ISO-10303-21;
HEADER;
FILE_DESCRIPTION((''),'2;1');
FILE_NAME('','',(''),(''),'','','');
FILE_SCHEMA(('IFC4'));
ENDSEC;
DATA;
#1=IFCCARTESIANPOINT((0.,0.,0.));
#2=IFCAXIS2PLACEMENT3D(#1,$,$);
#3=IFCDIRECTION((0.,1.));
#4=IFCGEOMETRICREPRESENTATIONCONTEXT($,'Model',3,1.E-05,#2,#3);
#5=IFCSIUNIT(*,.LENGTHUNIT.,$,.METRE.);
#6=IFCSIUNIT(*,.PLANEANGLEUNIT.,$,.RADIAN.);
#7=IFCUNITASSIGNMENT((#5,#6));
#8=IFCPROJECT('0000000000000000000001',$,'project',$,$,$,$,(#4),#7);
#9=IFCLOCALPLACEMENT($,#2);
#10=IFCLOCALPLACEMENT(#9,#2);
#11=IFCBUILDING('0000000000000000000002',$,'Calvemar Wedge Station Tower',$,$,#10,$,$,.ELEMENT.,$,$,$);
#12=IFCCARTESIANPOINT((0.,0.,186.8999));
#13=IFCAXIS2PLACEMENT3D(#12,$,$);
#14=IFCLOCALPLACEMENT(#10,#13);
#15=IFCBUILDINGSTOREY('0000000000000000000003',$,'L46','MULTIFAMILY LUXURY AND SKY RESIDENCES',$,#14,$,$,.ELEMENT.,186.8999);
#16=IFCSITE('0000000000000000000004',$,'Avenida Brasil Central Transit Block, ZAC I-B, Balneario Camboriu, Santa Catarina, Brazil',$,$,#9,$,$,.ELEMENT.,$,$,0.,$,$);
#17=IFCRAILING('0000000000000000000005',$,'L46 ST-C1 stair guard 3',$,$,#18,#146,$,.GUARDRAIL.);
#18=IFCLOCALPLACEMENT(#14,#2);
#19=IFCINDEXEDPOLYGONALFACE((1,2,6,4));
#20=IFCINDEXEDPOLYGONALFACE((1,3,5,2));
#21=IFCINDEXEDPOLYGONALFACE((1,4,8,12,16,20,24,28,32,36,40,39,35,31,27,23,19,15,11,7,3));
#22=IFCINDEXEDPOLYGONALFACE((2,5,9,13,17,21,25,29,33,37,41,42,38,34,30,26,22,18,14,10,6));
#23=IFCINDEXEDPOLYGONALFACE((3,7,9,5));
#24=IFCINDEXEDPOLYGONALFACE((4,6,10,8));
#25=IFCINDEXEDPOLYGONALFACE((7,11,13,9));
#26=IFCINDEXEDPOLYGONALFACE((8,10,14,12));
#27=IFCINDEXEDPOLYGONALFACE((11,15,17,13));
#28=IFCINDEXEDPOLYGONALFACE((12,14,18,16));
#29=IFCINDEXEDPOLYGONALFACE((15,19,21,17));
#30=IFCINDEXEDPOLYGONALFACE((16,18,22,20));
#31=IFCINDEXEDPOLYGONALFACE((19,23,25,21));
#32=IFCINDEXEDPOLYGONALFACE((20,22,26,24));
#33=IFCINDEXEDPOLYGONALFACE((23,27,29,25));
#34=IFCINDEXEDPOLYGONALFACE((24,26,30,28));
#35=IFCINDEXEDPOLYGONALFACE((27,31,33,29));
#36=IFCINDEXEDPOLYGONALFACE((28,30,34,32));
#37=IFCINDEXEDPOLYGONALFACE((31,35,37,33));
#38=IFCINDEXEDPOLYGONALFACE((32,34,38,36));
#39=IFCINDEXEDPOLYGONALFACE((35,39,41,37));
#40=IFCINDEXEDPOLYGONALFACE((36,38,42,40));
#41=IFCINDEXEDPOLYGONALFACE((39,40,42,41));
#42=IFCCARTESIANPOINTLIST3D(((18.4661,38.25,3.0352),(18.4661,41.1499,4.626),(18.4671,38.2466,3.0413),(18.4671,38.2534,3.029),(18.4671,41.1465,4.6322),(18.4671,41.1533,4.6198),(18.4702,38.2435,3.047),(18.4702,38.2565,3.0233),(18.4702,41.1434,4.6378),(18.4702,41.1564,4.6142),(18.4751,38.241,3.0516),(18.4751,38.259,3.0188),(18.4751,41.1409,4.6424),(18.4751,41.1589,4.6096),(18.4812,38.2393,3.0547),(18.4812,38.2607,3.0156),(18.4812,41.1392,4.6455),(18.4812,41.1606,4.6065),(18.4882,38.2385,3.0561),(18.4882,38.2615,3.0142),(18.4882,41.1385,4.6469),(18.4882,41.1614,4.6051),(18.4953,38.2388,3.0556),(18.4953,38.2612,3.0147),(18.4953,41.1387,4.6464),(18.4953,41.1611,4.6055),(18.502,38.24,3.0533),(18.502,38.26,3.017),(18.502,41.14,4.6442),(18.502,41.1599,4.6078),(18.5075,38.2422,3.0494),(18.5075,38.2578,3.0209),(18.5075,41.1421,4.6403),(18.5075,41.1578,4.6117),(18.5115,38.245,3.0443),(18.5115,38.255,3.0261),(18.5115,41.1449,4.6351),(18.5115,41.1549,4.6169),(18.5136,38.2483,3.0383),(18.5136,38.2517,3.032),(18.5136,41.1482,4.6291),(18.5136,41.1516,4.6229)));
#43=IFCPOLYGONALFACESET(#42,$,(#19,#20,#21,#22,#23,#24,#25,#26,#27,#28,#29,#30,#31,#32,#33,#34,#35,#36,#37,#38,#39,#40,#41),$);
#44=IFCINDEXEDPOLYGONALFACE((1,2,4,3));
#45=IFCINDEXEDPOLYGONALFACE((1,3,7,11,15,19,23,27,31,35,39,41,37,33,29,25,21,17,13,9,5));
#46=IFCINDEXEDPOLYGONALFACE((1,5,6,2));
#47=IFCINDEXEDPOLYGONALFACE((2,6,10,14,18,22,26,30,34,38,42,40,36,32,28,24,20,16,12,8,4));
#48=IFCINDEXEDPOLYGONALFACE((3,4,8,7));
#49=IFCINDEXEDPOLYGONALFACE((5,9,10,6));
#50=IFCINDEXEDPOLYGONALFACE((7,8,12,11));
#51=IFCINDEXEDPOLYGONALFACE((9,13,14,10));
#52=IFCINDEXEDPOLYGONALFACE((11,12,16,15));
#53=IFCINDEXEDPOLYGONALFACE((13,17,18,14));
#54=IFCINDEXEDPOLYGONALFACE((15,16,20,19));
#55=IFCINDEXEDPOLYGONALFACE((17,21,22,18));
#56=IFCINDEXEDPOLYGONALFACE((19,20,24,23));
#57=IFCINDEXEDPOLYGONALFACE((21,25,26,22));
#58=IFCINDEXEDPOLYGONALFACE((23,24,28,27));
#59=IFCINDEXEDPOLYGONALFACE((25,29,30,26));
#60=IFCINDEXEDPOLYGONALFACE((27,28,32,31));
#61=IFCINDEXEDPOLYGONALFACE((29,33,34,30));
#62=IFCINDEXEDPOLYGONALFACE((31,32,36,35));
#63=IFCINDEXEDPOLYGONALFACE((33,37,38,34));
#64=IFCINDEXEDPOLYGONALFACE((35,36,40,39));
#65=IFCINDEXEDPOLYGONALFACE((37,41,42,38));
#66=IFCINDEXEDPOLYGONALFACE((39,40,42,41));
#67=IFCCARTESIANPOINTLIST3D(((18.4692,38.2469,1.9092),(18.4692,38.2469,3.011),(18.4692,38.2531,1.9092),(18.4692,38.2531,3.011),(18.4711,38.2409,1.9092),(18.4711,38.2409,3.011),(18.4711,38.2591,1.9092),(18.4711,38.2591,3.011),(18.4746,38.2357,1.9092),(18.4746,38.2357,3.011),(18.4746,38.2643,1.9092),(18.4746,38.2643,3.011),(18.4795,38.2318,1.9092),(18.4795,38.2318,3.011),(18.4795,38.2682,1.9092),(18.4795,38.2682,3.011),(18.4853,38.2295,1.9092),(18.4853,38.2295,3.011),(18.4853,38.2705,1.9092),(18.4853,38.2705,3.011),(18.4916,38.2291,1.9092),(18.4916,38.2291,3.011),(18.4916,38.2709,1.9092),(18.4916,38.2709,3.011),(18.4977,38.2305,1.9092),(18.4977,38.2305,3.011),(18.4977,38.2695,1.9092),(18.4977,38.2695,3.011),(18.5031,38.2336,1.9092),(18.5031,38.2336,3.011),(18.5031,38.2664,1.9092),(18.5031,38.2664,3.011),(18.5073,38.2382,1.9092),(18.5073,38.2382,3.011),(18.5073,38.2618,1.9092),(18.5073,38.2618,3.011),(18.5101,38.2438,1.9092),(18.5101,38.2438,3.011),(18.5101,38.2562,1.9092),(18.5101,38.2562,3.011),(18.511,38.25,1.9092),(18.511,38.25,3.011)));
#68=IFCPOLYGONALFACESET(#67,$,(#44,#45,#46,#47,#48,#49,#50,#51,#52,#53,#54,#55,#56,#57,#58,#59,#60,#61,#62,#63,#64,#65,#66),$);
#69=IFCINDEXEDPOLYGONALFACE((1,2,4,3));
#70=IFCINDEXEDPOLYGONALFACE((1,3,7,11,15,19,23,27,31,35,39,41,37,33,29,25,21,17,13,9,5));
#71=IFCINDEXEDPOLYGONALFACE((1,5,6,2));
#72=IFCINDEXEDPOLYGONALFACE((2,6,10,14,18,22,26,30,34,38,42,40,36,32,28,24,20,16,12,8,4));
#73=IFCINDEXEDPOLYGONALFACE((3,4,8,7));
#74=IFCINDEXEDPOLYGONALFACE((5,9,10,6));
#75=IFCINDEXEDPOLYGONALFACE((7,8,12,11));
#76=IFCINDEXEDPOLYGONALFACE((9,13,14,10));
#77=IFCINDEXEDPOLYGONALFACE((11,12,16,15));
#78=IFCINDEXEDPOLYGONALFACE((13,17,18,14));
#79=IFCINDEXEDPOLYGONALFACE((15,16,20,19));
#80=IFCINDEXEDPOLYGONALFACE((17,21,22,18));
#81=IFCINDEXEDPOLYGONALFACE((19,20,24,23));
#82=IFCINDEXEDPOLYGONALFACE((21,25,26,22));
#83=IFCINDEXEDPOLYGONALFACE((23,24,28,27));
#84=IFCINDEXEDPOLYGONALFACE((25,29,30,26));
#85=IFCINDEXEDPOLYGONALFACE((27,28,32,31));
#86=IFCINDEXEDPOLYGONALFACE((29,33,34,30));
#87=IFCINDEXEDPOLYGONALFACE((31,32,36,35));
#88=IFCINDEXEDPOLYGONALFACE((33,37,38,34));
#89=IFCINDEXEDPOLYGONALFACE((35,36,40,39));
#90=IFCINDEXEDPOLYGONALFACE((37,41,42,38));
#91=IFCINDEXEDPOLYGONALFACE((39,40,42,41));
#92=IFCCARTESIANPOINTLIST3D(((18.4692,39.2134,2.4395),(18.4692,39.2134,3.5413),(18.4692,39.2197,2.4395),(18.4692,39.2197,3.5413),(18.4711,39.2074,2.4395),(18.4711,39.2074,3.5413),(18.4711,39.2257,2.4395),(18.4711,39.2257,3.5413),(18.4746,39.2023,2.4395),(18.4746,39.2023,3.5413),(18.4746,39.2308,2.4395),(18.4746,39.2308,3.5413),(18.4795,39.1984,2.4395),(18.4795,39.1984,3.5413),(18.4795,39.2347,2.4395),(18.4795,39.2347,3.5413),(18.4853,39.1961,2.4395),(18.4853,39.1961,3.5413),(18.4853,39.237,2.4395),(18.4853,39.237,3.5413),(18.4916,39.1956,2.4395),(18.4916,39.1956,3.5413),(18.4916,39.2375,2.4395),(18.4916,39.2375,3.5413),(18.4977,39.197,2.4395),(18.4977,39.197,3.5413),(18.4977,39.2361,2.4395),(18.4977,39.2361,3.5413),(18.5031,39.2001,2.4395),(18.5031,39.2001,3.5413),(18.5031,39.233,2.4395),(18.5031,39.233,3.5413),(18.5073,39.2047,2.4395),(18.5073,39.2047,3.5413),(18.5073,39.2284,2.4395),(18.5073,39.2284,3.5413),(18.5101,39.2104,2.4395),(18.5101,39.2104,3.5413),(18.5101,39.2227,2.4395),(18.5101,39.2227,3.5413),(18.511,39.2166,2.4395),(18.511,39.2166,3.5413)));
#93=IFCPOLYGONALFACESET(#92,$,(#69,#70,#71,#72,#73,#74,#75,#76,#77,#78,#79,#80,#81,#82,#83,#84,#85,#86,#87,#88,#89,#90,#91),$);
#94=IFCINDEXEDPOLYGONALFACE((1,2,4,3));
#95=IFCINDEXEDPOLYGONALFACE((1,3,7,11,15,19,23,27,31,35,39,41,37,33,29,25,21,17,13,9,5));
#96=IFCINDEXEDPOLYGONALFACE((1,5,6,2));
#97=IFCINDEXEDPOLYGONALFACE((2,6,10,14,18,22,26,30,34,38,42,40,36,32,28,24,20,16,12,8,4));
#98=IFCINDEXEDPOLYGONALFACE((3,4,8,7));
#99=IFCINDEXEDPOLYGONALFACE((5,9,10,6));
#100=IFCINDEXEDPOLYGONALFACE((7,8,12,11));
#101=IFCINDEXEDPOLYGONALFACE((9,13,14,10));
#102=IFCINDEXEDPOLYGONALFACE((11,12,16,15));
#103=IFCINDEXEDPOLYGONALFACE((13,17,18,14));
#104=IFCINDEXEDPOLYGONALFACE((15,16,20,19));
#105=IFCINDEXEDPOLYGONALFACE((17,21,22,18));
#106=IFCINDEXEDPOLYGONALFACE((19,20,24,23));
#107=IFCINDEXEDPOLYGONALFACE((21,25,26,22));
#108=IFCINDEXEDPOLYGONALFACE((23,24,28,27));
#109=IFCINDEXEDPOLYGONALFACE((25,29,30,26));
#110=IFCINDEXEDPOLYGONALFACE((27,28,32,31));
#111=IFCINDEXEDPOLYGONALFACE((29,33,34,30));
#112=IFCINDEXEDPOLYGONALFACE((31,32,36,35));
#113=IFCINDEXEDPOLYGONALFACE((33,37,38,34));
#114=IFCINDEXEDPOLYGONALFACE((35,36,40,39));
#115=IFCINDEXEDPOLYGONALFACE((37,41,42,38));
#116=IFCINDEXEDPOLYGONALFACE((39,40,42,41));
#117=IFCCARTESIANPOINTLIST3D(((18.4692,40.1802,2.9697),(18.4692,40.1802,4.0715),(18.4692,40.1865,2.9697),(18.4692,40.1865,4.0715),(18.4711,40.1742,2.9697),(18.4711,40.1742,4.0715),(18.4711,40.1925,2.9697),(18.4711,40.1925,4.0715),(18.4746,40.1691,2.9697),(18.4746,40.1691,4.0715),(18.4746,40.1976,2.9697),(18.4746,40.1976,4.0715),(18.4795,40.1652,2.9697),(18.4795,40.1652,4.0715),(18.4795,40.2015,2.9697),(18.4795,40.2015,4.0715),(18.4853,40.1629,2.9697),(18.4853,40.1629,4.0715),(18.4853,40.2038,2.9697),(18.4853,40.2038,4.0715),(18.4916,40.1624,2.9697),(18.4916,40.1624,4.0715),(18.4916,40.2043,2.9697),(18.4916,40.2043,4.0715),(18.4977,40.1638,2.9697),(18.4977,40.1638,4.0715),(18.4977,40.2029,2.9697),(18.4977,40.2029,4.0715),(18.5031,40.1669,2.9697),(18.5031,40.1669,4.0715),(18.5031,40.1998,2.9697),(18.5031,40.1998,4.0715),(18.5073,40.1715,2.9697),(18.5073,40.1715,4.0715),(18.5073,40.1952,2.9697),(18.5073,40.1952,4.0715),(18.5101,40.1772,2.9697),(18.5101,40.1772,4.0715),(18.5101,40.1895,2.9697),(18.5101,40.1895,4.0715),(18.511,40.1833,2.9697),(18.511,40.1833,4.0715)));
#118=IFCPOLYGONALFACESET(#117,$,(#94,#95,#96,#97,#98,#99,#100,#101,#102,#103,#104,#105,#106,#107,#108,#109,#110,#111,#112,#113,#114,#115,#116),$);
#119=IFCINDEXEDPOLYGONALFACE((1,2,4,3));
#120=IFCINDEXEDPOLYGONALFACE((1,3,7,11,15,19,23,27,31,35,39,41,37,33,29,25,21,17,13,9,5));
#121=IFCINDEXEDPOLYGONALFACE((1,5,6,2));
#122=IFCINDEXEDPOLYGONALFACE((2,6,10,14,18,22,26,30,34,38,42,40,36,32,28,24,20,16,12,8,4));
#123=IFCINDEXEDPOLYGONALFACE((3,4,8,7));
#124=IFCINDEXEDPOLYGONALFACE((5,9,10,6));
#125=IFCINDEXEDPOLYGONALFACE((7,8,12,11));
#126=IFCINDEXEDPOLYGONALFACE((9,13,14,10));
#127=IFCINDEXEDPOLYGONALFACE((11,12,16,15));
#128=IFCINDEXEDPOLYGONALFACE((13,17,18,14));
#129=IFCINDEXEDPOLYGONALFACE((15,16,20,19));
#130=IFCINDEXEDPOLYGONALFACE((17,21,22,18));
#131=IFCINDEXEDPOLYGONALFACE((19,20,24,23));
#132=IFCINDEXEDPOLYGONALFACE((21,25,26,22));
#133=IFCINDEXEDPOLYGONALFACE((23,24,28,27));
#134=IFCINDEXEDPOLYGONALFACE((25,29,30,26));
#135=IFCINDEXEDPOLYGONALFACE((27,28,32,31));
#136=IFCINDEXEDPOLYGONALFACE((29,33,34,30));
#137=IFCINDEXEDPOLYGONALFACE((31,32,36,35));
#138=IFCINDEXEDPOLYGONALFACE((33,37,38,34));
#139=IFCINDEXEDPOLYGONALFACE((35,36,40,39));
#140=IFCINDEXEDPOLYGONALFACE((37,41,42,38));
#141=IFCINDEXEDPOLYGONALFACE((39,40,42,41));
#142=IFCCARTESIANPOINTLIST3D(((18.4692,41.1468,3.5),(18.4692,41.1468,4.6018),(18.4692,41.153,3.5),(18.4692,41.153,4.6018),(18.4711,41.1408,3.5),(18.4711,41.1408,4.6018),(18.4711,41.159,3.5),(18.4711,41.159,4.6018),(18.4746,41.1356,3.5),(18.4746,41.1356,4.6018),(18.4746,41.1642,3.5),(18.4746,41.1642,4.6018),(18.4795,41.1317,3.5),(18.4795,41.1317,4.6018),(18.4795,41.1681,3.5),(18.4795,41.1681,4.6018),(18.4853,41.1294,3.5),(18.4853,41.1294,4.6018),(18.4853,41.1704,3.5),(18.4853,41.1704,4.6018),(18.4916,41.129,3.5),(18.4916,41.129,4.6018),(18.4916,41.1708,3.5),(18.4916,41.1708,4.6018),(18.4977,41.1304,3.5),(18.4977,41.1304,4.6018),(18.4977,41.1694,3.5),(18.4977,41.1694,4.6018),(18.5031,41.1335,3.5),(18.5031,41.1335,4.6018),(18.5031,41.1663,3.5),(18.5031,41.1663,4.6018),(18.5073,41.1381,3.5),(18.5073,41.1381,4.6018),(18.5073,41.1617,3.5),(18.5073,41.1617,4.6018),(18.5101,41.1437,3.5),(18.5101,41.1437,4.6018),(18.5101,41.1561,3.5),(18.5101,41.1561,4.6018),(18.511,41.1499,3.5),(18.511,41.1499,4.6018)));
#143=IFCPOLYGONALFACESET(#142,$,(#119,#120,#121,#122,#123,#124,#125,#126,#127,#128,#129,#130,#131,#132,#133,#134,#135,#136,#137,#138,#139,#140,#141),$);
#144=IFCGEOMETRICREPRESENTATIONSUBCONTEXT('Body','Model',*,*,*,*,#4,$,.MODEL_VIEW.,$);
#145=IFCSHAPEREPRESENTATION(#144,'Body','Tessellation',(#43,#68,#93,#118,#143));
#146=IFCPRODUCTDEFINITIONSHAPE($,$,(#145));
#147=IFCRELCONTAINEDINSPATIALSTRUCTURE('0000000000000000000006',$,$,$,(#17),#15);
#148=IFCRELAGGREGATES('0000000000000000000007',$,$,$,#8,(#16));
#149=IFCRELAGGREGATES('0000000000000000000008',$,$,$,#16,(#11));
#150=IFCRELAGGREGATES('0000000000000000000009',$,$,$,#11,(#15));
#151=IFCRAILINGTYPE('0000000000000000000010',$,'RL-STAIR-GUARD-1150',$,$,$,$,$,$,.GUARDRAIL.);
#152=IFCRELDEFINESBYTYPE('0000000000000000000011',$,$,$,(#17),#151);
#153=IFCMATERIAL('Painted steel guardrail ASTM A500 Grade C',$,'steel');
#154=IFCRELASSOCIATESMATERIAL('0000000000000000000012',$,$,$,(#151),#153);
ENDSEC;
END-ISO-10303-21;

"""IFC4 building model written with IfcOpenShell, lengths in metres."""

from ifc_helpers import new_model, si_unit, direction, frame, origin, origin_2d, place, context, subcontext, project, spatial, circle, extrude, material, type_object, element, save


model = new_model("IFC4")

# Units and contexts
model_context = context("Model", 3, precision=1e-05, world=origin(), true_north=direction((0.0, 1.0)))
body_context = subcontext(model_context, "Body", "Model", "MODEL_VIEW")
ifc_project = project(units=[si_unit("LENGTHUNIT", "METRE"), si_unit("PLANEANGLEUNIT", "RADIAN")], contexts=[model_context])

# Site, building, storey
site_placement = place(None, origin())
site = spatial("IfcSite", under=ifc_project, at=site_placement, Name="Avenida Brasil Central Transit Block, ZAC I-B, Balneario Camboriu, Santa Catarina, Brazil", CompositionType="ELEMENT", RefElevation=0.0)
building_placement = place(site_placement, origin())
building = spatial("IfcBuilding", under=site, at=building_placement, Name="Calvemar Wedge Station Tower", CompositionType="ELEMENT")
storey_placement = place(building_placement, frame((0.0, 0.0, 186.8999)))
storey = spatial("IfcBuildingStorey", under=building, at=storey_placement, Name="L46", Description="MULTIFAMILY LUXURY AND SKY RESIDENCES", CompositionType="ELEMENT", Elevation=186.8999)

# Railing
ifc_material_1 = material(Name="Painted steel guardrail ASTM A500 Grade C", Category="steel")
railing_type_1 = type_object("IfcRailingType", Name="RL-STAIR-GUARD-1150", PredefinedType="GUARDRAIL", material=ifc_material_1)
railing_1_placement = place(storey_placement, frame((18.49, 38.25, 1.9092)))
element("IfcRailing", 1, at=railing_1_placement, inside=storey, type_object=railing_type_1, Name="L46 ST-C1 stair guard 3", PredefinedType="GUARDRAIL", context=body_context, shape_type="SweptSolid", body=[
    extrude(circle(Radius=0.0239, at=origin_2d()), frame((0.0, 0.0, 1.126), z_axis=(0.0, 0.876742, 0.480961), x_axis=(-1.0, 0.0, 0.0)), (0.0, 0.0, 1.0), 3.3076),
    extrude(circle(Radius=0.021, at=origin_2d()), origin(), (0.0, 0.0, 1.0), 1.1018),
    extrude(circle(Radius=0.021, at=origin_2d()), frame((0.0, 0.9666, 0.5303)), (0.0, 0.0, 1.0), 1.1018),
    extrude(circle(Radius=0.021, at=origin_2d()), frame((0.0, 1.9333, 1.0605)), (0.0, 0.0, 1.0), 1.1018),
    extrude(circle(Radius=0.021, at=origin_2d()), frame((0.0, 2.8999, 1.5908)), (0.0, 0.0, 1.0), 1.1018),
])

save(model, "model.ifc")
